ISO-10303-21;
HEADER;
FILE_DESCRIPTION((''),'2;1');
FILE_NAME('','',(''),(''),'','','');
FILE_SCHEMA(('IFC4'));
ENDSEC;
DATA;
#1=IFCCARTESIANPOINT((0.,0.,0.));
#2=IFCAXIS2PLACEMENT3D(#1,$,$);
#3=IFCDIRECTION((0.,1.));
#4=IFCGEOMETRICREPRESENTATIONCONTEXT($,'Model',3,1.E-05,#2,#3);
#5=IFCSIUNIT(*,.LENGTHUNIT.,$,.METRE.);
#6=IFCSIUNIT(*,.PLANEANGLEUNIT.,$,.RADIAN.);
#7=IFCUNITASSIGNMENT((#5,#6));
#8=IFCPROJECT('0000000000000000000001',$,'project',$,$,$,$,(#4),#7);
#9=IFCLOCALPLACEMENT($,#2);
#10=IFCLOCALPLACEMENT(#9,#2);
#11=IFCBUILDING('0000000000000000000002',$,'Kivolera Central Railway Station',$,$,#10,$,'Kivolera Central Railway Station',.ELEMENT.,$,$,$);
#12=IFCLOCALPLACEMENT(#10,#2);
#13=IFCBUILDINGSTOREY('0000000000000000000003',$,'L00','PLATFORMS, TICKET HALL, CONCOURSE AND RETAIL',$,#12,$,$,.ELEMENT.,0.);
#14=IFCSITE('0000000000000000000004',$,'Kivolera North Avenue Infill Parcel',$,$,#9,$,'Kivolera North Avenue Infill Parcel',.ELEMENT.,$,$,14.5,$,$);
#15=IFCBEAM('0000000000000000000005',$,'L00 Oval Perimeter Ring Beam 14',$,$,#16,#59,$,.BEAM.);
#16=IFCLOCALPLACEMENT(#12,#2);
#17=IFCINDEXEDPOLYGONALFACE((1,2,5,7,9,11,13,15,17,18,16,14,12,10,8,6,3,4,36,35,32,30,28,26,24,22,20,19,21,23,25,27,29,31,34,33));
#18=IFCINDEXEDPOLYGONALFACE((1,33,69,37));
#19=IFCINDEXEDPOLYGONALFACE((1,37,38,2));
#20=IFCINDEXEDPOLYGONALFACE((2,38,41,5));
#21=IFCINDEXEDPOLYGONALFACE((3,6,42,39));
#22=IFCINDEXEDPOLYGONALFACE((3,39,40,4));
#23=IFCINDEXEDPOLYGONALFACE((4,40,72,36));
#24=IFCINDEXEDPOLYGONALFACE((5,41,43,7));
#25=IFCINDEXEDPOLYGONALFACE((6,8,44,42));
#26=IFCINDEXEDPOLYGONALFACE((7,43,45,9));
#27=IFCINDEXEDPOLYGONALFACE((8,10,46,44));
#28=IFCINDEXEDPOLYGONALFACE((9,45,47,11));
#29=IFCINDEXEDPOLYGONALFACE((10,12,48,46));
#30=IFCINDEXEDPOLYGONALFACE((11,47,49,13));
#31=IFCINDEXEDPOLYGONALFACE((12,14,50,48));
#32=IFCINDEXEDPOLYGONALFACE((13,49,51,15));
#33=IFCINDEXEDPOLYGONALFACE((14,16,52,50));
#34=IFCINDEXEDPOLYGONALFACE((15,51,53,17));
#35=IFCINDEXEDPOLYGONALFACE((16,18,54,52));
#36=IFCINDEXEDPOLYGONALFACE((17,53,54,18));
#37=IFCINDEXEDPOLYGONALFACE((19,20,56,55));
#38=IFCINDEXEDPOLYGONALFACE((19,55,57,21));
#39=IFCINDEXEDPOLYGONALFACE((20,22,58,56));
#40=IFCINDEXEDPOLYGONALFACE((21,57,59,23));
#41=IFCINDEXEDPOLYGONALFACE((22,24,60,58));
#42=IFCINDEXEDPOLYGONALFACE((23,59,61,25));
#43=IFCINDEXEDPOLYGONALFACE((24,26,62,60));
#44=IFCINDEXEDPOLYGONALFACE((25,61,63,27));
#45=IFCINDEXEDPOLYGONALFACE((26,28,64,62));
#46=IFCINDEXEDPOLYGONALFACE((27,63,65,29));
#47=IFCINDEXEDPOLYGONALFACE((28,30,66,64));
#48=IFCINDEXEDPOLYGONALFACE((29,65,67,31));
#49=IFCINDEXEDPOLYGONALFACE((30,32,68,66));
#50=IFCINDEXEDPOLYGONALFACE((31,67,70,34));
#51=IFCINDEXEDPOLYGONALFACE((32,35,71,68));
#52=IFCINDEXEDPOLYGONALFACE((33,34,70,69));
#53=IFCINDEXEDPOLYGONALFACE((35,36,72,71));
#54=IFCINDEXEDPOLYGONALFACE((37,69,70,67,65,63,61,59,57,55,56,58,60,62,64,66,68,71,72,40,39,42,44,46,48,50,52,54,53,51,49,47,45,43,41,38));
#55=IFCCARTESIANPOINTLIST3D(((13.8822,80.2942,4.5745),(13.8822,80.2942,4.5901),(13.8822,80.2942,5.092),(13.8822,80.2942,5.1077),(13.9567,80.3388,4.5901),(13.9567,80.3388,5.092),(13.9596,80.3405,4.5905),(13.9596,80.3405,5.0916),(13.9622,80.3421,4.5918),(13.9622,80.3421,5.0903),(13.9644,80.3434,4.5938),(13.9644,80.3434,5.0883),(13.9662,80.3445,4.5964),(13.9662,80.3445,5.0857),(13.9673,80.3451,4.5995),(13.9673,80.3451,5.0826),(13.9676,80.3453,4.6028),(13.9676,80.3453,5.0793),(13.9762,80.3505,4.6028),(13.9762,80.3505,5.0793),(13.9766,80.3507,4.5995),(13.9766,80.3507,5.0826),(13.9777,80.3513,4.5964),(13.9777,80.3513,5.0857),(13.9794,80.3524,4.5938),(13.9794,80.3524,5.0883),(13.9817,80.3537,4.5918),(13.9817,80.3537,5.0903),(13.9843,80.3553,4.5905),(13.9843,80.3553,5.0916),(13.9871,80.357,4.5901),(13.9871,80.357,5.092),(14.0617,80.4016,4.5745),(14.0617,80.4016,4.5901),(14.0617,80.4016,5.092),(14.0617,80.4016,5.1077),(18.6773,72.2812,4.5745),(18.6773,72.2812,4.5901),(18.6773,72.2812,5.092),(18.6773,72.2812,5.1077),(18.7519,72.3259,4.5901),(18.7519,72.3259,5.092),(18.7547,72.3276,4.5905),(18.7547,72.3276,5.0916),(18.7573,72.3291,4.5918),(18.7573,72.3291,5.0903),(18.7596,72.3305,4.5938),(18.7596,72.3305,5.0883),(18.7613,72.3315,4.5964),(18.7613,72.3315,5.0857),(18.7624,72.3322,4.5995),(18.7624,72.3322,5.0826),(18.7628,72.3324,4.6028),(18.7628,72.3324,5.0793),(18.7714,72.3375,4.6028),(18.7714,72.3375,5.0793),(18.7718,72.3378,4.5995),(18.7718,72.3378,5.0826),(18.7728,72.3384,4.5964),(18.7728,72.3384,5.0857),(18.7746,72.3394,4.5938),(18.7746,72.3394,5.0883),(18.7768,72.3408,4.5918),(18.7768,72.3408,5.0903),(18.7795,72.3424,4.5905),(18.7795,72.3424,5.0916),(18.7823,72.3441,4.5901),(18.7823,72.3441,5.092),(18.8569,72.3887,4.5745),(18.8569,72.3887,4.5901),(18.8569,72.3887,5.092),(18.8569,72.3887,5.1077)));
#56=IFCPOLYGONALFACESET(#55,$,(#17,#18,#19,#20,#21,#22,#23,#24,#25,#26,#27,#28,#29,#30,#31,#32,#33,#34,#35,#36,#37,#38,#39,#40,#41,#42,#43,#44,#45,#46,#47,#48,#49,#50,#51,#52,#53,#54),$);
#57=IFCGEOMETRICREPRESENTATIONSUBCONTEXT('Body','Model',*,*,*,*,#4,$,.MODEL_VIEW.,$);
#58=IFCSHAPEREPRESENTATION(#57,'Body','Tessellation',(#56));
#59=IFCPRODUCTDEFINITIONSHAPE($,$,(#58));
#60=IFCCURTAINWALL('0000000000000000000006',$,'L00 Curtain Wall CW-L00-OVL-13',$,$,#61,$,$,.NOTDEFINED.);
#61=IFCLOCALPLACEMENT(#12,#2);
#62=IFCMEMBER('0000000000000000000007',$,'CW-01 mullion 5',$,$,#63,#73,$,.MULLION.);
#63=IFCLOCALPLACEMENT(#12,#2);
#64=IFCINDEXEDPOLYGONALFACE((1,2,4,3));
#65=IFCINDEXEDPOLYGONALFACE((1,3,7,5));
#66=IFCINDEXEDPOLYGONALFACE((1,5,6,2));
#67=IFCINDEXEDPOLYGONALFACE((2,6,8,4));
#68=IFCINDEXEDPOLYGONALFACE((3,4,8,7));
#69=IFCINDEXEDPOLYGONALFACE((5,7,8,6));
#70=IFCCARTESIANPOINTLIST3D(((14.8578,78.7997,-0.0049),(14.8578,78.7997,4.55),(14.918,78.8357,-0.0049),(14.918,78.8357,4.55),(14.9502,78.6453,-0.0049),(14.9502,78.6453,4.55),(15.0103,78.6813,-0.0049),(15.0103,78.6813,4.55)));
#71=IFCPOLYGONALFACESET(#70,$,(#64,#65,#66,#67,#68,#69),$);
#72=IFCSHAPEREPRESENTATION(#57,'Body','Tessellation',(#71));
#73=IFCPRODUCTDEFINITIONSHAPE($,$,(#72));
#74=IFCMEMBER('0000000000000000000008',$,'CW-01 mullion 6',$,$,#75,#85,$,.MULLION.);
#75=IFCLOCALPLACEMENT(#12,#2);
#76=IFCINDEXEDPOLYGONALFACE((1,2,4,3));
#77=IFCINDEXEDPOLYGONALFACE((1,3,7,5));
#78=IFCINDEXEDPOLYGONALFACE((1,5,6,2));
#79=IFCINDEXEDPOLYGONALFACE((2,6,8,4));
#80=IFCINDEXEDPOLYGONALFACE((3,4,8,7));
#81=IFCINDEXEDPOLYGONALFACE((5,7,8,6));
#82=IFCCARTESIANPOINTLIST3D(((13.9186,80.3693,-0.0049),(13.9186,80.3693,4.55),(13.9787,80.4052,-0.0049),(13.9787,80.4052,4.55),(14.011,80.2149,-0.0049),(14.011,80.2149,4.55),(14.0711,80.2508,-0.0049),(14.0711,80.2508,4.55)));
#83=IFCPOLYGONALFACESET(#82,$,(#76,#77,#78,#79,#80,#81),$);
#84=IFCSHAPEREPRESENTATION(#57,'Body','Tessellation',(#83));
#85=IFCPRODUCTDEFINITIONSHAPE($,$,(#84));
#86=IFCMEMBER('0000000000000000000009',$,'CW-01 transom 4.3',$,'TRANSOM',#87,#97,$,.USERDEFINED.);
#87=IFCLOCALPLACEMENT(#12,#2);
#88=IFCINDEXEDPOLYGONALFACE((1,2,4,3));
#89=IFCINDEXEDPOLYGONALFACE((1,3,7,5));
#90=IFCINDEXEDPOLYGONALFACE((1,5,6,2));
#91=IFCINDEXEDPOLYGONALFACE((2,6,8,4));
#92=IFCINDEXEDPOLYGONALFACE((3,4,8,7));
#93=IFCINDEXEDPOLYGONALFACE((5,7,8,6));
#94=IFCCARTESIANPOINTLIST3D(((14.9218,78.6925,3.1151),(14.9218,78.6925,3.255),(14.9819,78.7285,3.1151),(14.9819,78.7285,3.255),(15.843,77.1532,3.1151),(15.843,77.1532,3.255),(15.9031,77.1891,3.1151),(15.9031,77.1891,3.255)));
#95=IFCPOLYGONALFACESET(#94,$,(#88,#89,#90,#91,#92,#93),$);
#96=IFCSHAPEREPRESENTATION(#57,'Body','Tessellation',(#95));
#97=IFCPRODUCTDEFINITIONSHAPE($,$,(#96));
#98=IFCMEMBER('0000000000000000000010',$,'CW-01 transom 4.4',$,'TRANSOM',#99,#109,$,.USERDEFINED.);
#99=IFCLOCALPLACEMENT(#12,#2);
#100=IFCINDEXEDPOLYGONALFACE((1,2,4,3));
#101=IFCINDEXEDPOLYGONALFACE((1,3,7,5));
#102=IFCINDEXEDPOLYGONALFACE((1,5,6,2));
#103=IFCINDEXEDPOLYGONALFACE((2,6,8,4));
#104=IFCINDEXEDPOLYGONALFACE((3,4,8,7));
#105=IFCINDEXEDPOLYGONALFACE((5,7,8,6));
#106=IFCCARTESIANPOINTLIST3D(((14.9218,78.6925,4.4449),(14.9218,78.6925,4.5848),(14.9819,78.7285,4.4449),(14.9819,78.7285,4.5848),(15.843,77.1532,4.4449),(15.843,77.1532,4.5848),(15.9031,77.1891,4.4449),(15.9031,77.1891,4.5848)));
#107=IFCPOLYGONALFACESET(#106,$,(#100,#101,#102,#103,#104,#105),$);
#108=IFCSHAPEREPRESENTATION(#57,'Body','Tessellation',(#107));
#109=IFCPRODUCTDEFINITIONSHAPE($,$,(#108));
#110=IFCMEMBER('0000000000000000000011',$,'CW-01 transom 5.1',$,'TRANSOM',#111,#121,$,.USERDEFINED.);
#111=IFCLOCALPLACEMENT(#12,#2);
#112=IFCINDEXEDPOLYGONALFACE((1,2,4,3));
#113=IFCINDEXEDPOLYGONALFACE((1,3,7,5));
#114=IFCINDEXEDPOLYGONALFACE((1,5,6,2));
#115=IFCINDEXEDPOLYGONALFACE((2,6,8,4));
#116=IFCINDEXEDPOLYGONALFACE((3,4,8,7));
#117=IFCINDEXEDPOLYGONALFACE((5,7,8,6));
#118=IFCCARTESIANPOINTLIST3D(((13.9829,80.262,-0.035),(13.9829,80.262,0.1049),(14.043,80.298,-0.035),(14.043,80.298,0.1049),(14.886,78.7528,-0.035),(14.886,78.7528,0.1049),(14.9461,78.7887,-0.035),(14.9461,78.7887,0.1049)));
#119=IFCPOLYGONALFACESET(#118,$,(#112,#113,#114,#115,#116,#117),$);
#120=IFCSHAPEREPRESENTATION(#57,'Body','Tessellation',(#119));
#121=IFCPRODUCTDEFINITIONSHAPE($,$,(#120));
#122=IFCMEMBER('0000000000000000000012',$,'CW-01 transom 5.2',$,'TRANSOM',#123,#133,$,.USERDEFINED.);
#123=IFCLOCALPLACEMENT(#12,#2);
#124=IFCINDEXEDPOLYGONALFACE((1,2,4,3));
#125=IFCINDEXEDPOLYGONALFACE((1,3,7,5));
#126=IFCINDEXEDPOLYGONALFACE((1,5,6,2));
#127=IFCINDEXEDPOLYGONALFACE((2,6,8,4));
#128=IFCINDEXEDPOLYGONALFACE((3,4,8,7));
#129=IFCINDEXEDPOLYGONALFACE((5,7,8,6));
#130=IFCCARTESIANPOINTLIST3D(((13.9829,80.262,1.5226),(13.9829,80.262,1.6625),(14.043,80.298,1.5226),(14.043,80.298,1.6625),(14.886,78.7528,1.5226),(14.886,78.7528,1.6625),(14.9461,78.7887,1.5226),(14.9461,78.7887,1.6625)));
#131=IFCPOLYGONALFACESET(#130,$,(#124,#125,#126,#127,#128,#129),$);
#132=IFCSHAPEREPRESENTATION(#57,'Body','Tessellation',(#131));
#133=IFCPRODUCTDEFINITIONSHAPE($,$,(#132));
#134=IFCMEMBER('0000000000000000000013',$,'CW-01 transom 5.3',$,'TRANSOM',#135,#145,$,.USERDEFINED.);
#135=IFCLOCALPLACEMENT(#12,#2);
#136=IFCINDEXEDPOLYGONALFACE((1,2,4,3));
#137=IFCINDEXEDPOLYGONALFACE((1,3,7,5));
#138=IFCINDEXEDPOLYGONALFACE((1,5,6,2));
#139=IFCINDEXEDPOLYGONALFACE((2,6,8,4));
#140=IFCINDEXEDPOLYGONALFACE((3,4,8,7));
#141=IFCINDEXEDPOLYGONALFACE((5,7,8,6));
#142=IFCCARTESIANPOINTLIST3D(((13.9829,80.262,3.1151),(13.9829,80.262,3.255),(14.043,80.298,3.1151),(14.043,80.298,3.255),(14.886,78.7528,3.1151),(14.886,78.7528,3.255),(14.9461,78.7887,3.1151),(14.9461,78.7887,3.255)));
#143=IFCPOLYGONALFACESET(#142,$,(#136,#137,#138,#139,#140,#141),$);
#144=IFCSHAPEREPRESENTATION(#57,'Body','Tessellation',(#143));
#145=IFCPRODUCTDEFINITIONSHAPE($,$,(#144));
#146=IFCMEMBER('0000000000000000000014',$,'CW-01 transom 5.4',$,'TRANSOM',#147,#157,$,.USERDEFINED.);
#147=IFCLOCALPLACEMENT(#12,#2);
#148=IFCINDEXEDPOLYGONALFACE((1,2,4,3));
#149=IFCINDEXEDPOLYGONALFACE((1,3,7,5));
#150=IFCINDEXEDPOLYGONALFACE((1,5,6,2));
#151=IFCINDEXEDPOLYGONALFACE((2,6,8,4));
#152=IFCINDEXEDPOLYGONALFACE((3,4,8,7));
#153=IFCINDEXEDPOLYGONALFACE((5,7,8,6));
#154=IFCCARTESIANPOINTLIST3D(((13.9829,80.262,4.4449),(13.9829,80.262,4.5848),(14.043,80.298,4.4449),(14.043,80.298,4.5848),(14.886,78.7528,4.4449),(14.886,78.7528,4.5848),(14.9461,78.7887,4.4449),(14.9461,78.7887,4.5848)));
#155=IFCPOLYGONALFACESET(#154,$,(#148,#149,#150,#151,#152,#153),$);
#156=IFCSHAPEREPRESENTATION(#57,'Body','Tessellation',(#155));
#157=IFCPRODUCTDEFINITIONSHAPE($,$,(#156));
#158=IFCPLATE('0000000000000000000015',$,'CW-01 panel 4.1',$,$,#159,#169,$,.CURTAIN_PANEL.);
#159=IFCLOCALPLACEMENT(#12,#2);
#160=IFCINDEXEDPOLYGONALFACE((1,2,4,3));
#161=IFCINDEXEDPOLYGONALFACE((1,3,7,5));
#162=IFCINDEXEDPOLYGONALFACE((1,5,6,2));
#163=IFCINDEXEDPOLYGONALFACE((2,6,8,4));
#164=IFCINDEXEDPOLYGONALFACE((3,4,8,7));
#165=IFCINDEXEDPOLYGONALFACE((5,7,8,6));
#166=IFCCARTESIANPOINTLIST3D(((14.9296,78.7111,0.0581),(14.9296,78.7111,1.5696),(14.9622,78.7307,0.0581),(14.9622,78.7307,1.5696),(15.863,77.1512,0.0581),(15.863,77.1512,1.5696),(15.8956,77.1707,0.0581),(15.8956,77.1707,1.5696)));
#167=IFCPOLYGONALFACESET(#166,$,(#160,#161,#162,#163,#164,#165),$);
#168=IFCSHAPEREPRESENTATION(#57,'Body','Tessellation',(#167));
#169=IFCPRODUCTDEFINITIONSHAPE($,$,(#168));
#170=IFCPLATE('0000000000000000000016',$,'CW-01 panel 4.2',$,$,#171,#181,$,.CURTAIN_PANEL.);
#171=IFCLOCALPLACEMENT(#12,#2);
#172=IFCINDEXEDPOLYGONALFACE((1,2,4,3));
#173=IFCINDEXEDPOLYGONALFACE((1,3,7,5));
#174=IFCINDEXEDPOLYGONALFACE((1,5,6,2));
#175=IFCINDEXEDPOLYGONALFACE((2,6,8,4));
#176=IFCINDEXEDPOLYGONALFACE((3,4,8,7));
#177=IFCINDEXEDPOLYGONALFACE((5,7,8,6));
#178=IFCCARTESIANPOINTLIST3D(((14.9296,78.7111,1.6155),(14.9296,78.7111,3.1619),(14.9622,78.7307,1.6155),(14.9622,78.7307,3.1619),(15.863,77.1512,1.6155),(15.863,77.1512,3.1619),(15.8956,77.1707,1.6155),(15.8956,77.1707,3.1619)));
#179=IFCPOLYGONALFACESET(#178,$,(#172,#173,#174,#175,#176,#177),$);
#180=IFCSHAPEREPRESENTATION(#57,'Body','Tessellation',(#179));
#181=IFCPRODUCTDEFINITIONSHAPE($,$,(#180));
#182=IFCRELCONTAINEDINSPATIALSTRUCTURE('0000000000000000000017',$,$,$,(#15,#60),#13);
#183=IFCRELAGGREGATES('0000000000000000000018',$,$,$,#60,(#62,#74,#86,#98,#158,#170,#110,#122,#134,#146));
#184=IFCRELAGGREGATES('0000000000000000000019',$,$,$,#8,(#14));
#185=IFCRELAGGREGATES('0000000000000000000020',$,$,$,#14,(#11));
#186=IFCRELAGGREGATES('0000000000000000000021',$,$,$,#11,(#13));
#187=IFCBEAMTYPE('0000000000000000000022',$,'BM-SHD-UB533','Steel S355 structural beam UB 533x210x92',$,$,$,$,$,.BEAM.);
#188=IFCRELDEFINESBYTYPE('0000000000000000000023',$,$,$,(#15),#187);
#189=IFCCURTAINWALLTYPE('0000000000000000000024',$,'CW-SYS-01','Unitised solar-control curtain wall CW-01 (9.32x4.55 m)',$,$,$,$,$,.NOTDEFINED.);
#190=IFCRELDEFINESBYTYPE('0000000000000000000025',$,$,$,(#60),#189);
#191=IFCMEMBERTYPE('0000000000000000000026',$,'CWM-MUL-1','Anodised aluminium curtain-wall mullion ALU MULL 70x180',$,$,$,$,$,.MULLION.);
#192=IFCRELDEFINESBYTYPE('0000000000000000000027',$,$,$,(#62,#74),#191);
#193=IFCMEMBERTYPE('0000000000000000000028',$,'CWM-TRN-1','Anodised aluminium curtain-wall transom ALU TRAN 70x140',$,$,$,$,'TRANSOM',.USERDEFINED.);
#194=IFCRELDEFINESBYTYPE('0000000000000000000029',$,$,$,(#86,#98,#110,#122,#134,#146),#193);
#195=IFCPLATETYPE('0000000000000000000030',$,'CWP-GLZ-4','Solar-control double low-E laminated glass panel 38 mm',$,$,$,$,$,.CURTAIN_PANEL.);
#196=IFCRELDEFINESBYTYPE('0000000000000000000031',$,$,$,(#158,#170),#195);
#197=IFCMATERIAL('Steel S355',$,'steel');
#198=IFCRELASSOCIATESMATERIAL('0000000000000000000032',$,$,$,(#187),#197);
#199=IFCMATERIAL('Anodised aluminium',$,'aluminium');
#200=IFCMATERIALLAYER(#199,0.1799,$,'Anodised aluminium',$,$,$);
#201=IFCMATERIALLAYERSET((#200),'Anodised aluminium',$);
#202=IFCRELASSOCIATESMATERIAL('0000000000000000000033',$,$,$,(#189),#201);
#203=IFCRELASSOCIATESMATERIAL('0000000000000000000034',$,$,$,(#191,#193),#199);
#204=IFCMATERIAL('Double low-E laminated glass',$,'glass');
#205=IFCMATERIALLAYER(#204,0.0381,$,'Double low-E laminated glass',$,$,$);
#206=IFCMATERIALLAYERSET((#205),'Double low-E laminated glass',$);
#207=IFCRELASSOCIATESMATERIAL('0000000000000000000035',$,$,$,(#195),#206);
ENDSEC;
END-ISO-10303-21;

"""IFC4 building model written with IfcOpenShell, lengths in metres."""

from ifc_helpers import new_model, si_unit, direction, frame, origin, origin_2d, place, context, subcontext, project, spatial, rectangle, i_section, extrude, material, layer, layer_set, material_profile, profile_set, type_object, element, aggregate, save


model = new_model("IFC4")

# Units and contexts
model_context = context("Model", 3, precision=1e-05, world=origin(), true_north=direction((0.0, 1.0)))
body_context = subcontext(model_context, "Body", "Model", "MODEL_VIEW")
ifc_project = project(units=[si_unit("LENGTHUNIT", "METRE"), si_unit("PLANEANGLEUNIT", "RADIAN")], contexts=[model_context])

# Site, building, storey
site_placement = place(None, origin())
site = spatial("IfcSite", under=ifc_project, at=site_placement, Name="Kivolera North Avenue Infill Parcel", LongName="Kivolera North Avenue Infill Parcel", CompositionType="ELEMENT", RefElevation=14.5)
building_placement = place(site_placement, origin())
building = spatial("IfcBuilding", under=site, at=building_placement, Name="Kivolera Central Railway Station", LongName="Kivolera Central Railway Station", CompositionType="ELEMENT")
storey_placement = place(building_placement, origin())
storey = spatial("IfcBuildingStorey", under=building, at=storey_placement, Name="L00", Description="PLATFORMS, TICKET HALL, CONCOURSE AND RETAIL", CompositionType="ELEMENT", Elevation=0.0)

# Beam
ifc_material_1 = material(Name="Steel S355", Category="steel")
ifc_material_profile_1 = material_profile(ifc_material_1, i_section(OverallWidth=0.2092, OverallDepth=0.5332, WebThickness=0.01, FlangeThickness=0.0156, FilletRadius=0.0127, at=origin_2d()), Name="UB 533x210x92")
ifc_profile_set_1 = profile_set([ifc_material_profile_1], Name="Steel S355")
beam_type = type_object("IfcBeamType", Name="BM-SHD-UB533", Description="Steel S355 structural beam UB 533x210x92", PredefinedType="BEAM", material=ifc_profile_set_1)
beam_1_placement = place(storey_placement, frame((13.9719, 80.3479, 4.8411), z_axis=(0.513503, -0.858088, 0.0), x_axis=(0.858088, 0.513503, 0.0)))
element("IfcBeam", 1, at=beam_1_placement, inside=storey, type_object=beam_type, Name="L00 Oval Perimeter Ring Beam 14", PredefinedType="BEAM", context=body_context, shape_type="SweptSolid", body=[
    extrude(i_section(OverallWidth=0.2092, OverallDepth=0.5332, WebThickness=0.01, FlangeThickness=0.0156, FilletRadius=0.0127, at=origin_2d()), origin(), (0.0, 0.0, 1.0), 9.3381),
])

# Curtain wall, members, plates
ifc_material_2 = material(Name="Anodised aluminium", Category="aluminium")
ifc_layer_1 = layer(ifc_material_2, 0.1799, Name="Anodised aluminium")
ifc_layer_set_1 = layer_set([ifc_layer_1], Name="Anodised aluminium")
curtain_wall_type = type_object("IfcCurtainWallType", Name="CW-SYS-01", Description="Unitised solar-control curtain wall CW-01 (9.32x4.55 m)", PredefinedType="NOTDEFINED", material=ifc_layer_set_1)
curtain_wall_placement = place(storey_placement, origin())
curtain_wall = element("IfcCurtainWall", 2, at=curtain_wall_placement, inside=storey, type_object=curtain_wall_type, Name="L00 Curtain Wall CW-L00-OVL-13", PredefinedType="NOTDEFINED")
ifc_material_profile_2 = material_profile(ifc_material_2, rectangle(XDim=0.0701, YDim=0.1799, at=origin_2d()), Name="ALU MULL 70x180")
ifc_profile_set_2 = profile_set([ifc_material_profile_2], Name="Anodised aluminium")
member_type_1 = type_object("IfcMemberType", Name="CWM-MUL-1", Description="Anodised aluminium curtain-wall mullion ALU MULL 70x180", PredefinedType="MULLION", material=ifc_profile_set_2)
member_1_placement = place(storey_placement, frame((14.9341, 78.7405, -0.0049), z_axis=(0.0, 0.0, 1.0), x_axis=(-0.858117, -0.513454, 0.0)))
member_1 = element("IfcMember", 3, at=member_1_placement, type_object=member_type_1, Name="CW-01 mullion 5", PredefinedType="MULLION", context=body_context, shape_type="SweptSolid", body=[
    extrude(rectangle(XDim=0.0701, YDim=0.1799, at=origin_2d()), origin(), (0.0, 0.0, 1.0), 4.5549),
])
member_2_placement = place(storey_placement, frame((13.9949, 80.3101, -0.0049), z_axis=(0.0, 0.0, 1.0), x_axis=(-0.858117, -0.513454, 0.0)))
member_2 = element("IfcMember", 4, at=member_2_placement, type_object=member_type_1, Name="CW-01 mullion 6", PredefinedType="MULLION", context=body_context, shape_type="SweptSolid", body=[
    extrude(rectangle(XDim=0.0701, YDim=0.1799, at=origin_2d()), origin(), (0.0, 0.0, 1.0), 4.5549),
])
ifc_material_profile_3 = material_profile(ifc_material_2, rectangle(XDim=0.0701, YDim=0.1399, at=origin_2d()), Name="ALU TRAN 70x140")
ifc_profile_set_3 = profile_set([ifc_material_profile_3], Name="Anodised aluminium")
member_type_2 = type_object("IfcMemberType", Name="CWM-TRN-1", Description="Anodised aluminium curtain-wall transom ALU TRAN 70x140", ElementType="TRANSOM", PredefinedType="USERDEFINED", material=ifc_profile_set_3)
member_3_placement = place(storey_placement, frame((15.873, 77.1711, 3.1851), z_axis=(-0.513495, 0.858093, 0.0), x_axis=(-0.858093, -0.513495, 0.0)))
member_3 = element("IfcMember", 5, at=member_3_placement, type_object=member_type_2, Name="CW-01 transom 4.3", ObjectType="TRANSOM", PredefinedType="USERDEFINED", context=body_context, shape_type="SweptSolid", body=[
    extrude(rectangle(XDim=0.0701, YDim=0.1399, at=origin_2d()), origin(), (0.0, 0.0, 1.0), 1.7939),
])
member_4_placement = place(storey_placement, frame((15.873, 77.1711, 4.5149), z_axis=(-0.513495, 0.858093, 0.0), x_axis=(-0.858093, -0.513495, 0.0)))
member_4 = element("IfcMember", 6, at=member_4_placement, type_object=member_type_2, Name="CW-01 transom 4.4", ObjectType="TRANSOM", PredefinedType="USERDEFINED", context=body_context, shape_type="SweptSolid", body=[
    extrude(rectangle(XDim=0.0701, YDim=0.1399, at=origin_2d()), origin(), (0.0, 0.0, 1.0), 1.7939),
])
member_5_placement = place(storey_placement, frame((14.916, 78.7708, 0.0349), z_axis=(-0.513454, 0.858117, 0.0), x_axis=(-0.858117, -0.513454, 0.0)))
member_5 = element("IfcMember", 7, at=member_5_placement, type_object=member_type_2, Name="CW-01 transom 5.1", ObjectType="TRANSOM", PredefinedType="USERDEFINED", context=body_context, shape_type="SweptSolid", body=[
    extrude(rectangle(XDim=0.0701, YDim=0.1399, at=origin_2d()), origin(), (0.0, 0.0, 1.0), 1.7588),
])
member_6_placement = place(storey_placement, frame((14.916, 78.7708, 1.5925), z_axis=(-0.513454, 0.858117, 0.0), x_axis=(-0.858117, -0.513454, 0.0)))
member_6 = element("IfcMember", 8, at=member_6_placement, type_object=member_type_2, Name="CW-01 transom 5.2", ObjectType="TRANSOM", PredefinedType="USERDEFINED", context=body_context, shape_type="SweptSolid", body=[
    extrude(rectangle(XDim=0.0701, YDim=0.1399, at=origin_2d()), origin(), (0.0, 0.0, 1.0), 1.7588),
])
member_7_placement = place(storey_placement, frame((14.916, 78.7708, 3.1851), z_axis=(-0.513454, 0.858117, 0.0), x_axis=(-0.858117, -0.513454, 0.0)))
member_7 = element("IfcMember", 9, at=member_7_placement, type_object=member_type_2, Name="CW-01 transom 5.3", ObjectType="TRANSOM", PredefinedType="USERDEFINED", context=body_context, shape_type="SweptSolid", body=[
    extrude(rectangle(XDim=0.0701, YDim=0.1399, at=origin_2d()), origin(), (0.0, 0.0, 1.0), 1.7588),
])
member_8_placement = place(storey_placement, frame((14.916, 78.7708, 4.5149), z_axis=(-0.513454, 0.858117, 0.0), x_axis=(-0.858117, -0.513454, 0.0)))
member_8 = element("IfcMember", 10, at=member_8_placement, type_object=member_type_2, Name="CW-01 transom 5.4", ObjectType="TRANSOM", PredefinedType="USERDEFINED", context=body_context, shape_type="SweptSolid", body=[
    extrude(rectangle(XDim=0.0701, YDim=0.1399, at=origin_2d()), origin(), (0.0, 0.0, 1.0), 1.7588),
])
ifc_material_3 = material(Name="Double low-E laminated glass", Category="glass")
ifc_layer_2 = layer(ifc_material_3, 0.0381, Name="Double low-E laminated glass")
ifc_layer_set_2 = layer_set([ifc_layer_2], Name="Double low-E laminated glass")
plate_type = type_object("IfcPlateType", Name="CWP-GLZ-4", Description="Solar-control double low-E laminated glass panel 38 mm", PredefinedType="CURTAIN_PANEL", material=ifc_layer_set_2)
plate_1_placement = place(storey_placement, frame((15.4126, 77.9409, 0.0581), z_axis=(0.0, 0.0, 1.0), x_axis=(-0.513454, 0.858117, 0.0)))
plate_1 = element("IfcPlate", 11, at=plate_1_placement, type_object=plate_type, Name="CW-01 panel 4.1", PredefinedType="CURTAIN_PANEL", context=body_context, shape_type="SweptSolid", body=[
    extrude(rectangle(XDim=1.8179, YDim=0.0381, at=origin_2d()), origin(), (0.0, 0.0, 1.0), 1.5115),
])
plate_2_placement = place(storey_placement, frame((15.4126, 77.9409, 1.6155), z_axis=(0.0, 0.0, 1.0), x_axis=(-0.513454, 0.858117, 0.0)))
plate_2 = element("IfcPlate", 12, at=plate_2_placement, type_object=plate_type, Name="CW-01 panel 4.2", PredefinedType="CURTAIN_PANEL", context=body_context, shape_type="SweptSolid", body=[
    extrude(rectangle(XDim=1.8179, YDim=0.0381, at=origin_2d()), origin(), (0.0, 0.0, 1.0), 1.5464),
])
aggregate(curtain_wall, [member_1, member_2, member_3, member_4, plate_1, plate_2, member_5, member_6, member_7, member_8])

save(model, "model.ifc")
